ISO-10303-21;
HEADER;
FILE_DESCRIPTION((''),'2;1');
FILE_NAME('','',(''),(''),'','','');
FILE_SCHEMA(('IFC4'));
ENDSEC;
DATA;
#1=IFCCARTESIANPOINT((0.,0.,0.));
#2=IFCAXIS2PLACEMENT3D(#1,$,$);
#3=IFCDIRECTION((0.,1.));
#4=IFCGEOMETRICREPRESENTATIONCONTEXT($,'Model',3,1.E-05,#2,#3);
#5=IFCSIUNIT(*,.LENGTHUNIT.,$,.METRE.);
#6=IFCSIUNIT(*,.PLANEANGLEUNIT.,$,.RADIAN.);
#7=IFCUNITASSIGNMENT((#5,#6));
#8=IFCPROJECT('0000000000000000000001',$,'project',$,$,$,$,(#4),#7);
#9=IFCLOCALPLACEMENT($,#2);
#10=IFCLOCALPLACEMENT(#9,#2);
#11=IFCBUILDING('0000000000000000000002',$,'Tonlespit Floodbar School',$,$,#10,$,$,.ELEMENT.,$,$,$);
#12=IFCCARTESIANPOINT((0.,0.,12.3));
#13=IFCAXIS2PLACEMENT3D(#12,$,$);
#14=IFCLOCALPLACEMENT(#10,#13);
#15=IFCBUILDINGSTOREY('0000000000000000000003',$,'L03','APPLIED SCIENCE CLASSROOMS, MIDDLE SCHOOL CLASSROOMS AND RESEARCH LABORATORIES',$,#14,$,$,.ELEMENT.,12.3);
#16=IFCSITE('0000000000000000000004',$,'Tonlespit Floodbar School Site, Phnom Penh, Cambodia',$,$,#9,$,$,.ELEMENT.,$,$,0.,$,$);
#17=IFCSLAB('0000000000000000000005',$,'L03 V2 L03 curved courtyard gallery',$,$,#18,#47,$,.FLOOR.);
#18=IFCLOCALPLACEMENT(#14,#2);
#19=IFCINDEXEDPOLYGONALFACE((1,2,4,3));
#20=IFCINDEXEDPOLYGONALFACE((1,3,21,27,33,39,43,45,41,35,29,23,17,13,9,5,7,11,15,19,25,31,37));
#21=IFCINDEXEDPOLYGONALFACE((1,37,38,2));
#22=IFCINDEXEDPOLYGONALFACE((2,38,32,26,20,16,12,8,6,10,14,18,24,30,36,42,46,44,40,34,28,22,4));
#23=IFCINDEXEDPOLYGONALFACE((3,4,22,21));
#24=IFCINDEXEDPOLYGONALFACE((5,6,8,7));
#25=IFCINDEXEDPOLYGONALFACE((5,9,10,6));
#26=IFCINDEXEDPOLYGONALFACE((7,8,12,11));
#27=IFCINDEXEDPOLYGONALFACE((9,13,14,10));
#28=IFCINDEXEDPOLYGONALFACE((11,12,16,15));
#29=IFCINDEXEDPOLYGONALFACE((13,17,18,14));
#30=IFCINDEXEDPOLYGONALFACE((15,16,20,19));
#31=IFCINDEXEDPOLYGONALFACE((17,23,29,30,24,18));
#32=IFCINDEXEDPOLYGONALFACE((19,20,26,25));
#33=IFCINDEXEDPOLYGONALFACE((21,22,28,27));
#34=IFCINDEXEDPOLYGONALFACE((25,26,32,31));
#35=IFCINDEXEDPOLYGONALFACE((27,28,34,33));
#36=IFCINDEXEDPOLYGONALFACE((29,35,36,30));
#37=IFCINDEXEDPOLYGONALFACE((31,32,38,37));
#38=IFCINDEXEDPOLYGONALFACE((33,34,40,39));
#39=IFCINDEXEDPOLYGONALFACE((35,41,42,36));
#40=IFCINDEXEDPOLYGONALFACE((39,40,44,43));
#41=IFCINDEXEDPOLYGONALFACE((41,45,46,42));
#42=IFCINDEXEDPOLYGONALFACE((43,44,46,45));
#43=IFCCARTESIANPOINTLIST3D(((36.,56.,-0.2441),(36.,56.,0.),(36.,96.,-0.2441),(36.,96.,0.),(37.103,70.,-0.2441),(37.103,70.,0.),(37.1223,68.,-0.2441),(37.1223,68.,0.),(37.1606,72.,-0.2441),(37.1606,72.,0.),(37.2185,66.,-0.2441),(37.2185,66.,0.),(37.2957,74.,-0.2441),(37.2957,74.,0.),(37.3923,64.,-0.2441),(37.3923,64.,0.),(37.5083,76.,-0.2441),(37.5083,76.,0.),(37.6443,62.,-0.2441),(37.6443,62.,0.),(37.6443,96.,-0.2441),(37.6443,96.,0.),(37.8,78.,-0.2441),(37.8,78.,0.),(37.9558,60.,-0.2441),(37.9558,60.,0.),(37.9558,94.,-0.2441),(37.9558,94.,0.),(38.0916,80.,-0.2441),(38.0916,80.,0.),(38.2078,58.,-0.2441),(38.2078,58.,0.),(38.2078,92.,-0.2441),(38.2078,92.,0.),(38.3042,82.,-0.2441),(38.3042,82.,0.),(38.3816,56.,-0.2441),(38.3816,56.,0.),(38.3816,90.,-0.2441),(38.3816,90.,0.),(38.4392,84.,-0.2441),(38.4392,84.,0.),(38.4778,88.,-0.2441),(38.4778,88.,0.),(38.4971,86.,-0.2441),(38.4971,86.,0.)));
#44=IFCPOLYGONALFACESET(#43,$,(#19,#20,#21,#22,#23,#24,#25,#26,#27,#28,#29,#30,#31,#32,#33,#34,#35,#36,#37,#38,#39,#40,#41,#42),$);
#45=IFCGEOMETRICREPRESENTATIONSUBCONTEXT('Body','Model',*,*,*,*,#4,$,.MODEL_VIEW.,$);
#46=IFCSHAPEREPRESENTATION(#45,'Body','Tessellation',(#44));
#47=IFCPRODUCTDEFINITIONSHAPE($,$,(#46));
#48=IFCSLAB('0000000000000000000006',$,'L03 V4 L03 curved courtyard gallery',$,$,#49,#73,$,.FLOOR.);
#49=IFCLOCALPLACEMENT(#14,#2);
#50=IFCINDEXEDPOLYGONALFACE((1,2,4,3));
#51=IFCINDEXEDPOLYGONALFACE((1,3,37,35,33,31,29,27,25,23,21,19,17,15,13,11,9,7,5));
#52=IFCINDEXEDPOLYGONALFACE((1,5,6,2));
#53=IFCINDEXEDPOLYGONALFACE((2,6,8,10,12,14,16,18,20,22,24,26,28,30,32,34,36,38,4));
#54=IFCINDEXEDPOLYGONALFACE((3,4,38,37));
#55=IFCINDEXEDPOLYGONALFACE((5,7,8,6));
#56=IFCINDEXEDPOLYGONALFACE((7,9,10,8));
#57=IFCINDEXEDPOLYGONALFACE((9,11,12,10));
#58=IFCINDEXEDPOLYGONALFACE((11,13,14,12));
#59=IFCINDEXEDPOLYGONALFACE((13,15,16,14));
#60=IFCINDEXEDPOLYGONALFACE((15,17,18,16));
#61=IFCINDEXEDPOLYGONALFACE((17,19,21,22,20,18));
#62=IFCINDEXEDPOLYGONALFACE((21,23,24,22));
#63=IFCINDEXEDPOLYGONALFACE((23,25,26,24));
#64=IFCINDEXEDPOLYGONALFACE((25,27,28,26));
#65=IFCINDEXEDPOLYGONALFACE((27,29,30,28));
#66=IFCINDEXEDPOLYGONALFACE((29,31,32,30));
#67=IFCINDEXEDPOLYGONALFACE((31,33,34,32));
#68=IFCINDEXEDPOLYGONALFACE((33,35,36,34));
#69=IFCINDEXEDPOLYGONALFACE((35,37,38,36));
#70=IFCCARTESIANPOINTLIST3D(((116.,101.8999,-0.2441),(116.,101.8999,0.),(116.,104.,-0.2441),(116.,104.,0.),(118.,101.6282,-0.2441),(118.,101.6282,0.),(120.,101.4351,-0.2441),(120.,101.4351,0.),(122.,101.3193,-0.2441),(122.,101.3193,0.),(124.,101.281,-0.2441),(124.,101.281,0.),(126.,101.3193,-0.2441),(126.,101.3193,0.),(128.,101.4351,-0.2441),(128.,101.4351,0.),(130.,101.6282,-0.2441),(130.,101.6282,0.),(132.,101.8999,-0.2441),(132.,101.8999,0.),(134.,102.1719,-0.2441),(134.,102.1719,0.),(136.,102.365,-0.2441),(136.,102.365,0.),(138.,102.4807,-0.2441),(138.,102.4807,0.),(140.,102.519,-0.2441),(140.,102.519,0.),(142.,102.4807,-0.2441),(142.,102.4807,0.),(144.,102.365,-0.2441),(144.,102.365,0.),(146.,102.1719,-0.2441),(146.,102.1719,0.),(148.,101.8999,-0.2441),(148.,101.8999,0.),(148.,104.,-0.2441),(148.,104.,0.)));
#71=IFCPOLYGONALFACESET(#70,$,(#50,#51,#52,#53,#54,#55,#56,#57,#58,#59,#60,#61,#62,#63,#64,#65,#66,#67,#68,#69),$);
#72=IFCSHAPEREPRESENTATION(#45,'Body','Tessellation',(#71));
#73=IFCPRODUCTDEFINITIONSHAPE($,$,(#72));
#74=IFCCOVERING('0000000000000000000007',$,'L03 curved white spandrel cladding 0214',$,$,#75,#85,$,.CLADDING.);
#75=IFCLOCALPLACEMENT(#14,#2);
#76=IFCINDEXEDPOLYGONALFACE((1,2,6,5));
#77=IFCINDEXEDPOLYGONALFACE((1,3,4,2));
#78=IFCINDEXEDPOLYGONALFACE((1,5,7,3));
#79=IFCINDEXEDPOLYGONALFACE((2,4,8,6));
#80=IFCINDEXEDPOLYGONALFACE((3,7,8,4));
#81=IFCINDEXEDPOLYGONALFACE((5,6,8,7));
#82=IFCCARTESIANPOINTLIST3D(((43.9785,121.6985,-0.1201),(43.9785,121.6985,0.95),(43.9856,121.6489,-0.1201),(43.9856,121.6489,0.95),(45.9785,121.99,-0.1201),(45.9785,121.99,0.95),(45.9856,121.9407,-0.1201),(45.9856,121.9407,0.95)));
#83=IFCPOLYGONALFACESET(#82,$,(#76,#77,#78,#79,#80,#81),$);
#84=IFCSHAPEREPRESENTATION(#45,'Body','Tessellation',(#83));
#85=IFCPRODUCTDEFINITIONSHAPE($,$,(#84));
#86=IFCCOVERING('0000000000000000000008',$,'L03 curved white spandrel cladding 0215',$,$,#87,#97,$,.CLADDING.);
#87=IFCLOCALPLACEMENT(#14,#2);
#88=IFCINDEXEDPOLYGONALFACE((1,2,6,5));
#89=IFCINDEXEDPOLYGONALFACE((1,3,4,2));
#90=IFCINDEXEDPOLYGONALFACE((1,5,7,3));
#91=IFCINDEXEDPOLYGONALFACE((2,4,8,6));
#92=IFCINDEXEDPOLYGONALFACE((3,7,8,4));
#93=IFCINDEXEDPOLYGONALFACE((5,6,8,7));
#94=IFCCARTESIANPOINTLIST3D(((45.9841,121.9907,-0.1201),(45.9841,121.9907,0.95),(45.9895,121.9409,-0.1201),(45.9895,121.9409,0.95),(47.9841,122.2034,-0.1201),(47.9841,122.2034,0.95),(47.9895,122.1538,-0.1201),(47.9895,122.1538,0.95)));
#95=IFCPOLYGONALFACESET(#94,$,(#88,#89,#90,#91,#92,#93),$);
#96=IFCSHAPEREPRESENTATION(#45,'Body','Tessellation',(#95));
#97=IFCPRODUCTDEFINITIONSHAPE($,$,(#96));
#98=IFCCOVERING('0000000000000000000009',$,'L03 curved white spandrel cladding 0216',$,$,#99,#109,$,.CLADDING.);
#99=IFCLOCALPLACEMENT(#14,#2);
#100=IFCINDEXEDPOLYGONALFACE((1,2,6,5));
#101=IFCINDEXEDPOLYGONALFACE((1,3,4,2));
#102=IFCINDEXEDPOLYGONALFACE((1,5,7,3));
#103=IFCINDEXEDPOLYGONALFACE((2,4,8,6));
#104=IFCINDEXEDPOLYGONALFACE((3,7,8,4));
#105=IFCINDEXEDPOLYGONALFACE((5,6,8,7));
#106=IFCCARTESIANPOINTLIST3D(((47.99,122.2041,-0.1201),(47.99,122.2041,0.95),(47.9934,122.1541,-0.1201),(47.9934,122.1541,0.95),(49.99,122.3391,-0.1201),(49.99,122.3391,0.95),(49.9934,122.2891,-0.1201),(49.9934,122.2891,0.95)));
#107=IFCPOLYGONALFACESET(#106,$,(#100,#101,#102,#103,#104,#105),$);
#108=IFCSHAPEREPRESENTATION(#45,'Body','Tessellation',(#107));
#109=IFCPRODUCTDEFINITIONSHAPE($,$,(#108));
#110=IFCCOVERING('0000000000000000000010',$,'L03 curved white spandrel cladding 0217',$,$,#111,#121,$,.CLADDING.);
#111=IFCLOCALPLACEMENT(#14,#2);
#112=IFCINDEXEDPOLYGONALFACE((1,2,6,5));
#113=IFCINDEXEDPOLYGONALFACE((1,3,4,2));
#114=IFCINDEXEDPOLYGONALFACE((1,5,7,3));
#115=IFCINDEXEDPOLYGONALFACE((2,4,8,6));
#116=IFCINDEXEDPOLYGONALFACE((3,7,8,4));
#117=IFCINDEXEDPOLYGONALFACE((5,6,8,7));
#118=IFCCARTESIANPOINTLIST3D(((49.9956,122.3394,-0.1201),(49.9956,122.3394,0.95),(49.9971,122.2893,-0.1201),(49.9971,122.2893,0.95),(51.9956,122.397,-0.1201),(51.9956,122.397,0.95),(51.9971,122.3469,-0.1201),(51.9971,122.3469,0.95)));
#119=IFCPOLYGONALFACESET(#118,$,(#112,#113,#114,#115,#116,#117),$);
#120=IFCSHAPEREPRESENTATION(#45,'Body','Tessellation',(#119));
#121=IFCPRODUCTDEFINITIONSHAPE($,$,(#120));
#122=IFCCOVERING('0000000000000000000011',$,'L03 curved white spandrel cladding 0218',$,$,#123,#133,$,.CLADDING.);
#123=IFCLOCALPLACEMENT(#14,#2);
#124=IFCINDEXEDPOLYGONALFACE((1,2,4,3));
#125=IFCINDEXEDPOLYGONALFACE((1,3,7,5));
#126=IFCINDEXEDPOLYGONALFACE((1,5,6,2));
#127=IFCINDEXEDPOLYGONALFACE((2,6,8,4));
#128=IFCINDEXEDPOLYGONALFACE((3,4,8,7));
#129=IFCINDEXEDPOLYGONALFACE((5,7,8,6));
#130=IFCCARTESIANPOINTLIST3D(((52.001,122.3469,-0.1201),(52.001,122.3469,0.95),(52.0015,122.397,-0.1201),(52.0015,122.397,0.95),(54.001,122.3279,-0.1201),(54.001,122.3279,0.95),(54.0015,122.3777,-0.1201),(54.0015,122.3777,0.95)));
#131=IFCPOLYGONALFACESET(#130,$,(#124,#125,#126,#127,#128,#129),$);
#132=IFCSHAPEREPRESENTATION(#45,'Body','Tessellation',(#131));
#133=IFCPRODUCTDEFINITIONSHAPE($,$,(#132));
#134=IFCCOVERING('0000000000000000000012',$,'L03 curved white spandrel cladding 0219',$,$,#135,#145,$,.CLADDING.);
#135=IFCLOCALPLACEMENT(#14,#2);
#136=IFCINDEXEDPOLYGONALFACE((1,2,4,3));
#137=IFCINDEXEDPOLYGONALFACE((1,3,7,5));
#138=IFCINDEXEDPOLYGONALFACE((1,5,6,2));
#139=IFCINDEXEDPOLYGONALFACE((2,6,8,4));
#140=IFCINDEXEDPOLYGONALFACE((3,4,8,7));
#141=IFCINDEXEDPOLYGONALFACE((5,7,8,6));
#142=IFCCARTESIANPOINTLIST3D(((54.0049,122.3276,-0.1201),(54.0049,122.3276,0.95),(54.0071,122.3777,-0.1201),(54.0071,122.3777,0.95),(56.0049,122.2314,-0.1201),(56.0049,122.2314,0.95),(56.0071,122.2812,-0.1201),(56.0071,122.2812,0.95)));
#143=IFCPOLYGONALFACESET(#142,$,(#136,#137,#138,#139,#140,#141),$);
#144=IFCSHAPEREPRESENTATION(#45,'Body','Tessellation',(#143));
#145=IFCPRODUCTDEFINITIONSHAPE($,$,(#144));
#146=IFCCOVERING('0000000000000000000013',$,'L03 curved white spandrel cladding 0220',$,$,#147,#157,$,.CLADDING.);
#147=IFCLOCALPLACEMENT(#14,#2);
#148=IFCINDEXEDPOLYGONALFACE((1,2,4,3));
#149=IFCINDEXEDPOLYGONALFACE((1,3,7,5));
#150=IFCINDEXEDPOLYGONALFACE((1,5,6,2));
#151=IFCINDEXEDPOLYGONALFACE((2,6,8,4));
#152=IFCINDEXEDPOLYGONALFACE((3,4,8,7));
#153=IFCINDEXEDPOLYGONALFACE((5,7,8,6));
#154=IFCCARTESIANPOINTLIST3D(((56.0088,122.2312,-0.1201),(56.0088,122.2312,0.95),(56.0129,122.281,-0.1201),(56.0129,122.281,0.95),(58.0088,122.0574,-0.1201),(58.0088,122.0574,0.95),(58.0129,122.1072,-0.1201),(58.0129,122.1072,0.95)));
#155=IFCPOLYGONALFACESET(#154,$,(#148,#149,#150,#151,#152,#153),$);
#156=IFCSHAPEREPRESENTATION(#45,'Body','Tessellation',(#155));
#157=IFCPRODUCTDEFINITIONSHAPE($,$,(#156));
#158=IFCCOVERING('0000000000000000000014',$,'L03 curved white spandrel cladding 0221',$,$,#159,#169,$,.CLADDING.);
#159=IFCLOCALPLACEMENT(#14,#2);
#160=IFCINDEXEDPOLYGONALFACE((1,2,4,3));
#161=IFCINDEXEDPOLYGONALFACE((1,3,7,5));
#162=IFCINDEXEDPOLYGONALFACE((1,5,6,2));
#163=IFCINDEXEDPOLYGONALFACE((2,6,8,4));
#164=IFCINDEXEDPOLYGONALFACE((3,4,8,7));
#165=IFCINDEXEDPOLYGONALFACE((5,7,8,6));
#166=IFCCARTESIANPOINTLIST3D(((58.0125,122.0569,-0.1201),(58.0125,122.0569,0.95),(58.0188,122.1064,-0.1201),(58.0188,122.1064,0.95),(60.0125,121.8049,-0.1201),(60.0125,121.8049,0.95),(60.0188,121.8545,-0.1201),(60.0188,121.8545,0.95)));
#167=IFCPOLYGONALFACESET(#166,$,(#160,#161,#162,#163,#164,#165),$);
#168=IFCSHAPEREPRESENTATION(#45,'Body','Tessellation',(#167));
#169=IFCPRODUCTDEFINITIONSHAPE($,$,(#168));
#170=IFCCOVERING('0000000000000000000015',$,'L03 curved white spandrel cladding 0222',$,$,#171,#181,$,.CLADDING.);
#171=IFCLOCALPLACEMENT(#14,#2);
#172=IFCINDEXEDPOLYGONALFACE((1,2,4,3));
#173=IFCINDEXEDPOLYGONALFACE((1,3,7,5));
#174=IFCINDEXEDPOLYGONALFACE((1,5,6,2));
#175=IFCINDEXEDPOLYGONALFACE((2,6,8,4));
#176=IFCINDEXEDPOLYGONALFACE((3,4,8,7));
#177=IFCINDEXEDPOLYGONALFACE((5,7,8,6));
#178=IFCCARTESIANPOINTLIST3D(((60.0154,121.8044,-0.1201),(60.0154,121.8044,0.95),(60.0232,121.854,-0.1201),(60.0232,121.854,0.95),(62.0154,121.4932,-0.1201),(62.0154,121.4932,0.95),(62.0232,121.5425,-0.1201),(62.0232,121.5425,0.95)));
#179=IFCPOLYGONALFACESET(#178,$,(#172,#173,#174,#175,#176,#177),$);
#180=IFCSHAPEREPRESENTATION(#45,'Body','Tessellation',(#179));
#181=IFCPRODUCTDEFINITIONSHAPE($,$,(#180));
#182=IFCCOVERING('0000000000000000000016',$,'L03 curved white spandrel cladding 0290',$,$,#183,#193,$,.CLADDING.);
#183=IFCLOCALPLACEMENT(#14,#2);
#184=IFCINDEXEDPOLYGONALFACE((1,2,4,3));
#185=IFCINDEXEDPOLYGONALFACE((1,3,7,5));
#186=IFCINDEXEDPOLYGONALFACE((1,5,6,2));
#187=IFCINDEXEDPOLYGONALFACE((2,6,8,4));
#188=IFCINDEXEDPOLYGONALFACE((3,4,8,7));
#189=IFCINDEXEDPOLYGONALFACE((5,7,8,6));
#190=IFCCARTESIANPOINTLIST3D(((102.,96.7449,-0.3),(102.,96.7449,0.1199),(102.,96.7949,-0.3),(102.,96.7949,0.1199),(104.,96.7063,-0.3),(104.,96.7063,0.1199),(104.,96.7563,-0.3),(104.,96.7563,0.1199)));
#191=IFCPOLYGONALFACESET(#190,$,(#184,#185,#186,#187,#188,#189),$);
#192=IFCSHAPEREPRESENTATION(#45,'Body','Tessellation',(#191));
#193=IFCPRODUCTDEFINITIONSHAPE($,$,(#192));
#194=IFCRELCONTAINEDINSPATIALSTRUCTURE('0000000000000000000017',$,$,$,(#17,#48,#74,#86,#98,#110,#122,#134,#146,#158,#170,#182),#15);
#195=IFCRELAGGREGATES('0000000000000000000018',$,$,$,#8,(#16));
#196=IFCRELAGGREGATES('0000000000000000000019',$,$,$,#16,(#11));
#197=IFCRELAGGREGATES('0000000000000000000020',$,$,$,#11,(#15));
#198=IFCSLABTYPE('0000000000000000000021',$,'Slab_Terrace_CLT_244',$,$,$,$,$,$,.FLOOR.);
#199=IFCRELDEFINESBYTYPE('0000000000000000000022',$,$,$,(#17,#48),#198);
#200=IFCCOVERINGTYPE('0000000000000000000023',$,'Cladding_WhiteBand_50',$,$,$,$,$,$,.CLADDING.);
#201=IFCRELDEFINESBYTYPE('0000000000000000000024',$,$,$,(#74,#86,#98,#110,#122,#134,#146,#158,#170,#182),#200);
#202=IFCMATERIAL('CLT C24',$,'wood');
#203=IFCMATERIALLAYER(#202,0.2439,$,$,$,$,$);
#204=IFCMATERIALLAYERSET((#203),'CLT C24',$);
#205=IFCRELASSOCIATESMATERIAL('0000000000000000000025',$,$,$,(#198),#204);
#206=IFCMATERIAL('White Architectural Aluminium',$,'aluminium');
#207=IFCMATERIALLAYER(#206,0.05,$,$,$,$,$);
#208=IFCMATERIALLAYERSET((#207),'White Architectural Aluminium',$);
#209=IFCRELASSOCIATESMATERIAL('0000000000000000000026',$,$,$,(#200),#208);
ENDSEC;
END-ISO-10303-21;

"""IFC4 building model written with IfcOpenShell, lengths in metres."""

from ifc_helpers import new_model, si_unit, direction, frame, origin, place, context, subcontext, project, spatial, polyline, outline, extrude, material, layer, layer_set, type_object, element, save


model = new_model("IFC4")

# Units and contexts
model_context = context("Model", 3, precision=1e-05, world=origin(), true_north=direction((0.0, 1.0)))
body_context = subcontext(model_context, "Body", "Model", "MODEL_VIEW")
ifc_project = project(units=[si_unit("LENGTHUNIT", "METRE"), si_unit("PLANEANGLEUNIT", "RADIAN")], contexts=[model_context])

# Site, building, storey
site_placement = place(None, origin())
site = spatial("IfcSite", under=ifc_project, at=site_placement, Name="Tonlespit Floodbar School Site, Phnom Penh, Cambodia", CompositionType="ELEMENT", RefElevation=0.0)
building_placement = place(site_placement, origin())
building = spatial("IfcBuilding", under=site, at=building_placement, Name="Tonlespit Floodbar School", CompositionType="ELEMENT")
storey_placement = place(building_placement, frame((0.0, 0.0, 12.3)))
storey = spatial("IfcBuildingStorey", under=building, at=storey_placement, Name="L03", Description="APPLIED SCIENCE CLASSROOMS, MIDDLE SCHOOL CLASSROOMS AND RESEARCH LABORATORIES", CompositionType="ELEMENT", Elevation=12.3)

# Slabs
ifc_material_1 = material(Name="CLT C24", Category="wood")
ifc_layer_1 = layer(ifc_material_1, 0.2439)
ifc_layer_set_1 = layer_set([ifc_layer_1], Name="CLT C24")
slab_type_1 = type_object("IfcSlabType", Name="Slab_Terrace_CLT_244", PredefinedType="FLOOR", material=ifc_layer_set_1)
slab_1_placement = place(storey_placement, frame((0.0, 0.0, -0.2441)))
element("IfcSlab", 1, at=slab_1_placement, inside=storey, type_object=slab_type_1, Name="L03 V2 L03 curved courtyard gallery", PredefinedType="FLOOR", context=body_context, shape_type="SweptSolid", body=[
    extrude(outline(polyline([(36.0, 56.0), (38.3816, 56.0), (38.2078, 58.0), (37.9558, 60.0), (37.6443, 62.0), (37.3923, 64.0), (37.2185, 66.0), (37.1223, 68.0), (37.103, 70.0), (37.1606, 72.0), (37.2957, 74.0), (37.5083, 76.0), (37.8, 78.0), (38.0916, 80.0), (38.3042, 82.0), (38.4392, 84.0), (38.4971, 86.0), (38.4778, 88.0), (38.3816, 90.0), (38.2078, 92.0), (37.9558, 94.0), (37.6443, 96.0), (36.0, 96.0), (36.0, 56.0)])), origin(), (0.0, 0.0, 1.0), 0.2441),
])
slab_2_placement = place(storey_placement, frame((0.0, 0.0, -0.2441)))
element("IfcSlab", 2, at=slab_2_placement, inside=storey, type_object=slab_type_1, Name="L03 V4 L03 curved courtyard gallery", PredefinedType="FLOOR", context=body_context, shape_type="SweptSolid", body=[
    extrude(outline(polyline([(116.0, 101.8999), (118.0, 101.6282), (120.0, 101.4351), (122.0, 101.3193), (124.0, 101.281), (126.0, 101.3193), (128.0, 101.4351), (130.0, 101.6282), (132.0, 101.8999), (134.0, 102.1719), (136.0, 102.365), (138.0, 102.4807), (140.0, 102.519), (142.0, 102.4807), (144.0, 102.365), (146.0, 102.1719), (148.0, 101.8999), (148.0, 104.0), (116.0, 104.0), (116.0, 101.8999)])), origin(), (0.0, 0.0, 1.0), 0.2441),
])

# Coverings
ifc_material_2 = material(Name="White Architectural Aluminium", Category="aluminium")
ifc_layer_2 = layer(ifc_material_2, 0.05)
ifc_layer_set_2 = layer_set([ifc_layer_2], Name="White Architectural Aluminium")
covering_type = type_object("IfcCoveringType", Name="Cladding_WhiteBand_50", PredefinedType="CLADDING", material=ifc_layer_set_2)
covering_1_placement = place(storey_placement, frame((0.0, 0.0, -0.1201)))
element("IfcCovering", 3, at=covering_1_placement, inside=storey, type_object=covering_type, Name="L03 curved white spandrel cladding 0214", PredefinedType="CLADDING", context=body_context, shape_type="SweptSolid", body=[
    extrude(outline(polyline([(43.9856, 121.6489), (45.9856, 121.9407), (45.9785, 121.99), (43.9785, 121.6985), (43.9856, 121.6489)])), origin(), (0.0, 0.0, 1.0), 1.0701),
])
covering_2_placement = place(storey_placement, frame((0.0, 0.0, -0.1201)))
element("IfcCovering", 4, at=covering_2_placement, inside=storey, type_object=covering_type, Name="L03 curved white spandrel cladding 0215", PredefinedType="CLADDING", context=body_context, shape_type="SweptSolid", body=[
    extrude(outline(polyline([(45.9895, 121.9409), (47.9895, 122.1538), (47.9841, 122.2034), (45.9841, 121.9907), (45.9895, 121.9409)])), origin(), (0.0, 0.0, 1.0), 1.0701),
])
covering_3_placement = place(storey_placement, frame((0.0, 0.0, -0.1201)))
element("IfcCovering", 5, at=covering_3_placement, inside=storey, type_object=covering_type, Name="L03 curved white spandrel cladding 0216", PredefinedType="CLADDING", context=body_context, shape_type="SweptSolid", body=[
    extrude(outline(polyline([(47.9934, 122.1541), (49.9934, 122.2891), (49.99, 122.3391), (47.99, 122.2041), (47.9934, 122.1541)])), origin(), (0.0, 0.0, 1.0), 1.0701),
])
covering_4_placement = place(storey_placement, frame((0.0, 0.0, -0.1201)))
element("IfcCovering", 6, at=covering_4_placement, inside=storey, type_object=covering_type, Name="L03 curved white spandrel cladding 0217", PredefinedType="CLADDING", context=body_context, shape_type="SweptSolid", body=[
    extrude(outline(polyline([(49.9971, 122.2893), (51.9971, 122.3469), (51.9956, 122.397), (49.9956, 122.3394), (49.9971, 122.2893)])), origin(), (0.0, 0.0, 1.0), 1.0701),
])
covering_5_placement = place(storey_placement, frame((0.0, 0.0, -0.1201)))
element("IfcCovering", 7, at=covering_5_placement, inside=storey, type_object=covering_type, Name="L03 curved white spandrel cladding 0218", PredefinedType="CLADDING", context=body_context, shape_type="SweptSolid", body=[
    extrude(outline(polyline([(52.001, 122.3469), (54.001, 122.3279), (54.0015, 122.3777), (52.0015, 122.397), (52.001, 122.3469)])), origin(), (0.0, 0.0, 1.0), 1.0701),
])
covering_6_placement = place(storey_placement, frame((0.0, 0.0, -0.1201)))
element("IfcCovering", 8, at=covering_6_placement, inside=storey, type_object=covering_type, Name="L03 curved white spandrel cladding 0219", PredefinedType="CLADDING", context=body_context, shape_type="SweptSolid", body=[
    extrude(outline(polyline([(54.0049, 122.3276), (56.0049, 122.2314), (56.0071, 122.2812), (54.0071, 122.3777), (54.0049, 122.3276)])), origin(), (0.0, 0.0, 1.0), 1.0701),
])
covering_7_placement = place(storey_placement, frame((0.0, 0.0, -0.1201)))
element("IfcCovering", 9, at=covering_7_placement, inside=storey, type_object=covering_type, Name="L03 curved white spandrel cladding 0220", PredefinedType="CLADDING", context=body_context, shape_type="SweptSolid", body=[
    extrude(outline(polyline([(56.0088, 122.2312), (58.0088, 122.0574), (58.0129, 122.1072), (56.0129, 122.281), (56.0088, 122.2312)])), origin(), (0.0, 0.0, 1.0), 1.0701),
])
covering_8_placement = place(storey_placement, frame((0.0, 0.0, -0.1201)))
element("IfcCovering", 10, at=covering_8_placement, inside=storey, type_object=covering_type, Name="L03 curved white spandrel cladding 0221", PredefinedType="CLADDING", context=body_context, shape_type="SweptSolid", body=[
    extrude(outline(polyline([(58.0125, 122.0569), (60.0125, 121.8049), (60.0188, 121.8545), (58.0188, 122.1064), (58.0125, 122.0569)])), origin(), (0.0, 0.0, 1.0), 1.0701),
])
covering_9_placement = place(storey_placement, frame((0.0, 0.0, -0.1201)))
element("IfcCovering", 11, at=covering_9_placement, inside=storey, type_object=covering_type, Name="L03 curved white spandrel cladding 0222", PredefinedType="CLADDING", context=body_context, shape_type="SweptSolid", body=[
    extrude(outline(polyline([(60.0154, 121.8044), (62.0154, 121.4932), (62.0232, 121.5425), (60.0232, 121.854), (60.0154, 121.8044)])), origin(), (0.0, 0.0, 1.0), 1.0701),
])
covering_10_placement = place(storey_placement, frame((0.0, 0.0, -0.3)))
element("IfcCovering", 12, at=covering_10_placement, inside=storey, type_object=covering_type, Name="L03 curved white spandrel cladding 0290", PredefinedType="CLADDING", context=body_context, shape_type="SweptSolid", body=[
    extrude(outline(polyline([(102.0, 96.7949), (104.0, 96.7563), (104.0, 96.7063), (102.0, 96.7449), (102.0, 96.7949)])), origin(), (0.0, 0.0, 1.0), 0.4199),
])

save(model, "model.ifc")
